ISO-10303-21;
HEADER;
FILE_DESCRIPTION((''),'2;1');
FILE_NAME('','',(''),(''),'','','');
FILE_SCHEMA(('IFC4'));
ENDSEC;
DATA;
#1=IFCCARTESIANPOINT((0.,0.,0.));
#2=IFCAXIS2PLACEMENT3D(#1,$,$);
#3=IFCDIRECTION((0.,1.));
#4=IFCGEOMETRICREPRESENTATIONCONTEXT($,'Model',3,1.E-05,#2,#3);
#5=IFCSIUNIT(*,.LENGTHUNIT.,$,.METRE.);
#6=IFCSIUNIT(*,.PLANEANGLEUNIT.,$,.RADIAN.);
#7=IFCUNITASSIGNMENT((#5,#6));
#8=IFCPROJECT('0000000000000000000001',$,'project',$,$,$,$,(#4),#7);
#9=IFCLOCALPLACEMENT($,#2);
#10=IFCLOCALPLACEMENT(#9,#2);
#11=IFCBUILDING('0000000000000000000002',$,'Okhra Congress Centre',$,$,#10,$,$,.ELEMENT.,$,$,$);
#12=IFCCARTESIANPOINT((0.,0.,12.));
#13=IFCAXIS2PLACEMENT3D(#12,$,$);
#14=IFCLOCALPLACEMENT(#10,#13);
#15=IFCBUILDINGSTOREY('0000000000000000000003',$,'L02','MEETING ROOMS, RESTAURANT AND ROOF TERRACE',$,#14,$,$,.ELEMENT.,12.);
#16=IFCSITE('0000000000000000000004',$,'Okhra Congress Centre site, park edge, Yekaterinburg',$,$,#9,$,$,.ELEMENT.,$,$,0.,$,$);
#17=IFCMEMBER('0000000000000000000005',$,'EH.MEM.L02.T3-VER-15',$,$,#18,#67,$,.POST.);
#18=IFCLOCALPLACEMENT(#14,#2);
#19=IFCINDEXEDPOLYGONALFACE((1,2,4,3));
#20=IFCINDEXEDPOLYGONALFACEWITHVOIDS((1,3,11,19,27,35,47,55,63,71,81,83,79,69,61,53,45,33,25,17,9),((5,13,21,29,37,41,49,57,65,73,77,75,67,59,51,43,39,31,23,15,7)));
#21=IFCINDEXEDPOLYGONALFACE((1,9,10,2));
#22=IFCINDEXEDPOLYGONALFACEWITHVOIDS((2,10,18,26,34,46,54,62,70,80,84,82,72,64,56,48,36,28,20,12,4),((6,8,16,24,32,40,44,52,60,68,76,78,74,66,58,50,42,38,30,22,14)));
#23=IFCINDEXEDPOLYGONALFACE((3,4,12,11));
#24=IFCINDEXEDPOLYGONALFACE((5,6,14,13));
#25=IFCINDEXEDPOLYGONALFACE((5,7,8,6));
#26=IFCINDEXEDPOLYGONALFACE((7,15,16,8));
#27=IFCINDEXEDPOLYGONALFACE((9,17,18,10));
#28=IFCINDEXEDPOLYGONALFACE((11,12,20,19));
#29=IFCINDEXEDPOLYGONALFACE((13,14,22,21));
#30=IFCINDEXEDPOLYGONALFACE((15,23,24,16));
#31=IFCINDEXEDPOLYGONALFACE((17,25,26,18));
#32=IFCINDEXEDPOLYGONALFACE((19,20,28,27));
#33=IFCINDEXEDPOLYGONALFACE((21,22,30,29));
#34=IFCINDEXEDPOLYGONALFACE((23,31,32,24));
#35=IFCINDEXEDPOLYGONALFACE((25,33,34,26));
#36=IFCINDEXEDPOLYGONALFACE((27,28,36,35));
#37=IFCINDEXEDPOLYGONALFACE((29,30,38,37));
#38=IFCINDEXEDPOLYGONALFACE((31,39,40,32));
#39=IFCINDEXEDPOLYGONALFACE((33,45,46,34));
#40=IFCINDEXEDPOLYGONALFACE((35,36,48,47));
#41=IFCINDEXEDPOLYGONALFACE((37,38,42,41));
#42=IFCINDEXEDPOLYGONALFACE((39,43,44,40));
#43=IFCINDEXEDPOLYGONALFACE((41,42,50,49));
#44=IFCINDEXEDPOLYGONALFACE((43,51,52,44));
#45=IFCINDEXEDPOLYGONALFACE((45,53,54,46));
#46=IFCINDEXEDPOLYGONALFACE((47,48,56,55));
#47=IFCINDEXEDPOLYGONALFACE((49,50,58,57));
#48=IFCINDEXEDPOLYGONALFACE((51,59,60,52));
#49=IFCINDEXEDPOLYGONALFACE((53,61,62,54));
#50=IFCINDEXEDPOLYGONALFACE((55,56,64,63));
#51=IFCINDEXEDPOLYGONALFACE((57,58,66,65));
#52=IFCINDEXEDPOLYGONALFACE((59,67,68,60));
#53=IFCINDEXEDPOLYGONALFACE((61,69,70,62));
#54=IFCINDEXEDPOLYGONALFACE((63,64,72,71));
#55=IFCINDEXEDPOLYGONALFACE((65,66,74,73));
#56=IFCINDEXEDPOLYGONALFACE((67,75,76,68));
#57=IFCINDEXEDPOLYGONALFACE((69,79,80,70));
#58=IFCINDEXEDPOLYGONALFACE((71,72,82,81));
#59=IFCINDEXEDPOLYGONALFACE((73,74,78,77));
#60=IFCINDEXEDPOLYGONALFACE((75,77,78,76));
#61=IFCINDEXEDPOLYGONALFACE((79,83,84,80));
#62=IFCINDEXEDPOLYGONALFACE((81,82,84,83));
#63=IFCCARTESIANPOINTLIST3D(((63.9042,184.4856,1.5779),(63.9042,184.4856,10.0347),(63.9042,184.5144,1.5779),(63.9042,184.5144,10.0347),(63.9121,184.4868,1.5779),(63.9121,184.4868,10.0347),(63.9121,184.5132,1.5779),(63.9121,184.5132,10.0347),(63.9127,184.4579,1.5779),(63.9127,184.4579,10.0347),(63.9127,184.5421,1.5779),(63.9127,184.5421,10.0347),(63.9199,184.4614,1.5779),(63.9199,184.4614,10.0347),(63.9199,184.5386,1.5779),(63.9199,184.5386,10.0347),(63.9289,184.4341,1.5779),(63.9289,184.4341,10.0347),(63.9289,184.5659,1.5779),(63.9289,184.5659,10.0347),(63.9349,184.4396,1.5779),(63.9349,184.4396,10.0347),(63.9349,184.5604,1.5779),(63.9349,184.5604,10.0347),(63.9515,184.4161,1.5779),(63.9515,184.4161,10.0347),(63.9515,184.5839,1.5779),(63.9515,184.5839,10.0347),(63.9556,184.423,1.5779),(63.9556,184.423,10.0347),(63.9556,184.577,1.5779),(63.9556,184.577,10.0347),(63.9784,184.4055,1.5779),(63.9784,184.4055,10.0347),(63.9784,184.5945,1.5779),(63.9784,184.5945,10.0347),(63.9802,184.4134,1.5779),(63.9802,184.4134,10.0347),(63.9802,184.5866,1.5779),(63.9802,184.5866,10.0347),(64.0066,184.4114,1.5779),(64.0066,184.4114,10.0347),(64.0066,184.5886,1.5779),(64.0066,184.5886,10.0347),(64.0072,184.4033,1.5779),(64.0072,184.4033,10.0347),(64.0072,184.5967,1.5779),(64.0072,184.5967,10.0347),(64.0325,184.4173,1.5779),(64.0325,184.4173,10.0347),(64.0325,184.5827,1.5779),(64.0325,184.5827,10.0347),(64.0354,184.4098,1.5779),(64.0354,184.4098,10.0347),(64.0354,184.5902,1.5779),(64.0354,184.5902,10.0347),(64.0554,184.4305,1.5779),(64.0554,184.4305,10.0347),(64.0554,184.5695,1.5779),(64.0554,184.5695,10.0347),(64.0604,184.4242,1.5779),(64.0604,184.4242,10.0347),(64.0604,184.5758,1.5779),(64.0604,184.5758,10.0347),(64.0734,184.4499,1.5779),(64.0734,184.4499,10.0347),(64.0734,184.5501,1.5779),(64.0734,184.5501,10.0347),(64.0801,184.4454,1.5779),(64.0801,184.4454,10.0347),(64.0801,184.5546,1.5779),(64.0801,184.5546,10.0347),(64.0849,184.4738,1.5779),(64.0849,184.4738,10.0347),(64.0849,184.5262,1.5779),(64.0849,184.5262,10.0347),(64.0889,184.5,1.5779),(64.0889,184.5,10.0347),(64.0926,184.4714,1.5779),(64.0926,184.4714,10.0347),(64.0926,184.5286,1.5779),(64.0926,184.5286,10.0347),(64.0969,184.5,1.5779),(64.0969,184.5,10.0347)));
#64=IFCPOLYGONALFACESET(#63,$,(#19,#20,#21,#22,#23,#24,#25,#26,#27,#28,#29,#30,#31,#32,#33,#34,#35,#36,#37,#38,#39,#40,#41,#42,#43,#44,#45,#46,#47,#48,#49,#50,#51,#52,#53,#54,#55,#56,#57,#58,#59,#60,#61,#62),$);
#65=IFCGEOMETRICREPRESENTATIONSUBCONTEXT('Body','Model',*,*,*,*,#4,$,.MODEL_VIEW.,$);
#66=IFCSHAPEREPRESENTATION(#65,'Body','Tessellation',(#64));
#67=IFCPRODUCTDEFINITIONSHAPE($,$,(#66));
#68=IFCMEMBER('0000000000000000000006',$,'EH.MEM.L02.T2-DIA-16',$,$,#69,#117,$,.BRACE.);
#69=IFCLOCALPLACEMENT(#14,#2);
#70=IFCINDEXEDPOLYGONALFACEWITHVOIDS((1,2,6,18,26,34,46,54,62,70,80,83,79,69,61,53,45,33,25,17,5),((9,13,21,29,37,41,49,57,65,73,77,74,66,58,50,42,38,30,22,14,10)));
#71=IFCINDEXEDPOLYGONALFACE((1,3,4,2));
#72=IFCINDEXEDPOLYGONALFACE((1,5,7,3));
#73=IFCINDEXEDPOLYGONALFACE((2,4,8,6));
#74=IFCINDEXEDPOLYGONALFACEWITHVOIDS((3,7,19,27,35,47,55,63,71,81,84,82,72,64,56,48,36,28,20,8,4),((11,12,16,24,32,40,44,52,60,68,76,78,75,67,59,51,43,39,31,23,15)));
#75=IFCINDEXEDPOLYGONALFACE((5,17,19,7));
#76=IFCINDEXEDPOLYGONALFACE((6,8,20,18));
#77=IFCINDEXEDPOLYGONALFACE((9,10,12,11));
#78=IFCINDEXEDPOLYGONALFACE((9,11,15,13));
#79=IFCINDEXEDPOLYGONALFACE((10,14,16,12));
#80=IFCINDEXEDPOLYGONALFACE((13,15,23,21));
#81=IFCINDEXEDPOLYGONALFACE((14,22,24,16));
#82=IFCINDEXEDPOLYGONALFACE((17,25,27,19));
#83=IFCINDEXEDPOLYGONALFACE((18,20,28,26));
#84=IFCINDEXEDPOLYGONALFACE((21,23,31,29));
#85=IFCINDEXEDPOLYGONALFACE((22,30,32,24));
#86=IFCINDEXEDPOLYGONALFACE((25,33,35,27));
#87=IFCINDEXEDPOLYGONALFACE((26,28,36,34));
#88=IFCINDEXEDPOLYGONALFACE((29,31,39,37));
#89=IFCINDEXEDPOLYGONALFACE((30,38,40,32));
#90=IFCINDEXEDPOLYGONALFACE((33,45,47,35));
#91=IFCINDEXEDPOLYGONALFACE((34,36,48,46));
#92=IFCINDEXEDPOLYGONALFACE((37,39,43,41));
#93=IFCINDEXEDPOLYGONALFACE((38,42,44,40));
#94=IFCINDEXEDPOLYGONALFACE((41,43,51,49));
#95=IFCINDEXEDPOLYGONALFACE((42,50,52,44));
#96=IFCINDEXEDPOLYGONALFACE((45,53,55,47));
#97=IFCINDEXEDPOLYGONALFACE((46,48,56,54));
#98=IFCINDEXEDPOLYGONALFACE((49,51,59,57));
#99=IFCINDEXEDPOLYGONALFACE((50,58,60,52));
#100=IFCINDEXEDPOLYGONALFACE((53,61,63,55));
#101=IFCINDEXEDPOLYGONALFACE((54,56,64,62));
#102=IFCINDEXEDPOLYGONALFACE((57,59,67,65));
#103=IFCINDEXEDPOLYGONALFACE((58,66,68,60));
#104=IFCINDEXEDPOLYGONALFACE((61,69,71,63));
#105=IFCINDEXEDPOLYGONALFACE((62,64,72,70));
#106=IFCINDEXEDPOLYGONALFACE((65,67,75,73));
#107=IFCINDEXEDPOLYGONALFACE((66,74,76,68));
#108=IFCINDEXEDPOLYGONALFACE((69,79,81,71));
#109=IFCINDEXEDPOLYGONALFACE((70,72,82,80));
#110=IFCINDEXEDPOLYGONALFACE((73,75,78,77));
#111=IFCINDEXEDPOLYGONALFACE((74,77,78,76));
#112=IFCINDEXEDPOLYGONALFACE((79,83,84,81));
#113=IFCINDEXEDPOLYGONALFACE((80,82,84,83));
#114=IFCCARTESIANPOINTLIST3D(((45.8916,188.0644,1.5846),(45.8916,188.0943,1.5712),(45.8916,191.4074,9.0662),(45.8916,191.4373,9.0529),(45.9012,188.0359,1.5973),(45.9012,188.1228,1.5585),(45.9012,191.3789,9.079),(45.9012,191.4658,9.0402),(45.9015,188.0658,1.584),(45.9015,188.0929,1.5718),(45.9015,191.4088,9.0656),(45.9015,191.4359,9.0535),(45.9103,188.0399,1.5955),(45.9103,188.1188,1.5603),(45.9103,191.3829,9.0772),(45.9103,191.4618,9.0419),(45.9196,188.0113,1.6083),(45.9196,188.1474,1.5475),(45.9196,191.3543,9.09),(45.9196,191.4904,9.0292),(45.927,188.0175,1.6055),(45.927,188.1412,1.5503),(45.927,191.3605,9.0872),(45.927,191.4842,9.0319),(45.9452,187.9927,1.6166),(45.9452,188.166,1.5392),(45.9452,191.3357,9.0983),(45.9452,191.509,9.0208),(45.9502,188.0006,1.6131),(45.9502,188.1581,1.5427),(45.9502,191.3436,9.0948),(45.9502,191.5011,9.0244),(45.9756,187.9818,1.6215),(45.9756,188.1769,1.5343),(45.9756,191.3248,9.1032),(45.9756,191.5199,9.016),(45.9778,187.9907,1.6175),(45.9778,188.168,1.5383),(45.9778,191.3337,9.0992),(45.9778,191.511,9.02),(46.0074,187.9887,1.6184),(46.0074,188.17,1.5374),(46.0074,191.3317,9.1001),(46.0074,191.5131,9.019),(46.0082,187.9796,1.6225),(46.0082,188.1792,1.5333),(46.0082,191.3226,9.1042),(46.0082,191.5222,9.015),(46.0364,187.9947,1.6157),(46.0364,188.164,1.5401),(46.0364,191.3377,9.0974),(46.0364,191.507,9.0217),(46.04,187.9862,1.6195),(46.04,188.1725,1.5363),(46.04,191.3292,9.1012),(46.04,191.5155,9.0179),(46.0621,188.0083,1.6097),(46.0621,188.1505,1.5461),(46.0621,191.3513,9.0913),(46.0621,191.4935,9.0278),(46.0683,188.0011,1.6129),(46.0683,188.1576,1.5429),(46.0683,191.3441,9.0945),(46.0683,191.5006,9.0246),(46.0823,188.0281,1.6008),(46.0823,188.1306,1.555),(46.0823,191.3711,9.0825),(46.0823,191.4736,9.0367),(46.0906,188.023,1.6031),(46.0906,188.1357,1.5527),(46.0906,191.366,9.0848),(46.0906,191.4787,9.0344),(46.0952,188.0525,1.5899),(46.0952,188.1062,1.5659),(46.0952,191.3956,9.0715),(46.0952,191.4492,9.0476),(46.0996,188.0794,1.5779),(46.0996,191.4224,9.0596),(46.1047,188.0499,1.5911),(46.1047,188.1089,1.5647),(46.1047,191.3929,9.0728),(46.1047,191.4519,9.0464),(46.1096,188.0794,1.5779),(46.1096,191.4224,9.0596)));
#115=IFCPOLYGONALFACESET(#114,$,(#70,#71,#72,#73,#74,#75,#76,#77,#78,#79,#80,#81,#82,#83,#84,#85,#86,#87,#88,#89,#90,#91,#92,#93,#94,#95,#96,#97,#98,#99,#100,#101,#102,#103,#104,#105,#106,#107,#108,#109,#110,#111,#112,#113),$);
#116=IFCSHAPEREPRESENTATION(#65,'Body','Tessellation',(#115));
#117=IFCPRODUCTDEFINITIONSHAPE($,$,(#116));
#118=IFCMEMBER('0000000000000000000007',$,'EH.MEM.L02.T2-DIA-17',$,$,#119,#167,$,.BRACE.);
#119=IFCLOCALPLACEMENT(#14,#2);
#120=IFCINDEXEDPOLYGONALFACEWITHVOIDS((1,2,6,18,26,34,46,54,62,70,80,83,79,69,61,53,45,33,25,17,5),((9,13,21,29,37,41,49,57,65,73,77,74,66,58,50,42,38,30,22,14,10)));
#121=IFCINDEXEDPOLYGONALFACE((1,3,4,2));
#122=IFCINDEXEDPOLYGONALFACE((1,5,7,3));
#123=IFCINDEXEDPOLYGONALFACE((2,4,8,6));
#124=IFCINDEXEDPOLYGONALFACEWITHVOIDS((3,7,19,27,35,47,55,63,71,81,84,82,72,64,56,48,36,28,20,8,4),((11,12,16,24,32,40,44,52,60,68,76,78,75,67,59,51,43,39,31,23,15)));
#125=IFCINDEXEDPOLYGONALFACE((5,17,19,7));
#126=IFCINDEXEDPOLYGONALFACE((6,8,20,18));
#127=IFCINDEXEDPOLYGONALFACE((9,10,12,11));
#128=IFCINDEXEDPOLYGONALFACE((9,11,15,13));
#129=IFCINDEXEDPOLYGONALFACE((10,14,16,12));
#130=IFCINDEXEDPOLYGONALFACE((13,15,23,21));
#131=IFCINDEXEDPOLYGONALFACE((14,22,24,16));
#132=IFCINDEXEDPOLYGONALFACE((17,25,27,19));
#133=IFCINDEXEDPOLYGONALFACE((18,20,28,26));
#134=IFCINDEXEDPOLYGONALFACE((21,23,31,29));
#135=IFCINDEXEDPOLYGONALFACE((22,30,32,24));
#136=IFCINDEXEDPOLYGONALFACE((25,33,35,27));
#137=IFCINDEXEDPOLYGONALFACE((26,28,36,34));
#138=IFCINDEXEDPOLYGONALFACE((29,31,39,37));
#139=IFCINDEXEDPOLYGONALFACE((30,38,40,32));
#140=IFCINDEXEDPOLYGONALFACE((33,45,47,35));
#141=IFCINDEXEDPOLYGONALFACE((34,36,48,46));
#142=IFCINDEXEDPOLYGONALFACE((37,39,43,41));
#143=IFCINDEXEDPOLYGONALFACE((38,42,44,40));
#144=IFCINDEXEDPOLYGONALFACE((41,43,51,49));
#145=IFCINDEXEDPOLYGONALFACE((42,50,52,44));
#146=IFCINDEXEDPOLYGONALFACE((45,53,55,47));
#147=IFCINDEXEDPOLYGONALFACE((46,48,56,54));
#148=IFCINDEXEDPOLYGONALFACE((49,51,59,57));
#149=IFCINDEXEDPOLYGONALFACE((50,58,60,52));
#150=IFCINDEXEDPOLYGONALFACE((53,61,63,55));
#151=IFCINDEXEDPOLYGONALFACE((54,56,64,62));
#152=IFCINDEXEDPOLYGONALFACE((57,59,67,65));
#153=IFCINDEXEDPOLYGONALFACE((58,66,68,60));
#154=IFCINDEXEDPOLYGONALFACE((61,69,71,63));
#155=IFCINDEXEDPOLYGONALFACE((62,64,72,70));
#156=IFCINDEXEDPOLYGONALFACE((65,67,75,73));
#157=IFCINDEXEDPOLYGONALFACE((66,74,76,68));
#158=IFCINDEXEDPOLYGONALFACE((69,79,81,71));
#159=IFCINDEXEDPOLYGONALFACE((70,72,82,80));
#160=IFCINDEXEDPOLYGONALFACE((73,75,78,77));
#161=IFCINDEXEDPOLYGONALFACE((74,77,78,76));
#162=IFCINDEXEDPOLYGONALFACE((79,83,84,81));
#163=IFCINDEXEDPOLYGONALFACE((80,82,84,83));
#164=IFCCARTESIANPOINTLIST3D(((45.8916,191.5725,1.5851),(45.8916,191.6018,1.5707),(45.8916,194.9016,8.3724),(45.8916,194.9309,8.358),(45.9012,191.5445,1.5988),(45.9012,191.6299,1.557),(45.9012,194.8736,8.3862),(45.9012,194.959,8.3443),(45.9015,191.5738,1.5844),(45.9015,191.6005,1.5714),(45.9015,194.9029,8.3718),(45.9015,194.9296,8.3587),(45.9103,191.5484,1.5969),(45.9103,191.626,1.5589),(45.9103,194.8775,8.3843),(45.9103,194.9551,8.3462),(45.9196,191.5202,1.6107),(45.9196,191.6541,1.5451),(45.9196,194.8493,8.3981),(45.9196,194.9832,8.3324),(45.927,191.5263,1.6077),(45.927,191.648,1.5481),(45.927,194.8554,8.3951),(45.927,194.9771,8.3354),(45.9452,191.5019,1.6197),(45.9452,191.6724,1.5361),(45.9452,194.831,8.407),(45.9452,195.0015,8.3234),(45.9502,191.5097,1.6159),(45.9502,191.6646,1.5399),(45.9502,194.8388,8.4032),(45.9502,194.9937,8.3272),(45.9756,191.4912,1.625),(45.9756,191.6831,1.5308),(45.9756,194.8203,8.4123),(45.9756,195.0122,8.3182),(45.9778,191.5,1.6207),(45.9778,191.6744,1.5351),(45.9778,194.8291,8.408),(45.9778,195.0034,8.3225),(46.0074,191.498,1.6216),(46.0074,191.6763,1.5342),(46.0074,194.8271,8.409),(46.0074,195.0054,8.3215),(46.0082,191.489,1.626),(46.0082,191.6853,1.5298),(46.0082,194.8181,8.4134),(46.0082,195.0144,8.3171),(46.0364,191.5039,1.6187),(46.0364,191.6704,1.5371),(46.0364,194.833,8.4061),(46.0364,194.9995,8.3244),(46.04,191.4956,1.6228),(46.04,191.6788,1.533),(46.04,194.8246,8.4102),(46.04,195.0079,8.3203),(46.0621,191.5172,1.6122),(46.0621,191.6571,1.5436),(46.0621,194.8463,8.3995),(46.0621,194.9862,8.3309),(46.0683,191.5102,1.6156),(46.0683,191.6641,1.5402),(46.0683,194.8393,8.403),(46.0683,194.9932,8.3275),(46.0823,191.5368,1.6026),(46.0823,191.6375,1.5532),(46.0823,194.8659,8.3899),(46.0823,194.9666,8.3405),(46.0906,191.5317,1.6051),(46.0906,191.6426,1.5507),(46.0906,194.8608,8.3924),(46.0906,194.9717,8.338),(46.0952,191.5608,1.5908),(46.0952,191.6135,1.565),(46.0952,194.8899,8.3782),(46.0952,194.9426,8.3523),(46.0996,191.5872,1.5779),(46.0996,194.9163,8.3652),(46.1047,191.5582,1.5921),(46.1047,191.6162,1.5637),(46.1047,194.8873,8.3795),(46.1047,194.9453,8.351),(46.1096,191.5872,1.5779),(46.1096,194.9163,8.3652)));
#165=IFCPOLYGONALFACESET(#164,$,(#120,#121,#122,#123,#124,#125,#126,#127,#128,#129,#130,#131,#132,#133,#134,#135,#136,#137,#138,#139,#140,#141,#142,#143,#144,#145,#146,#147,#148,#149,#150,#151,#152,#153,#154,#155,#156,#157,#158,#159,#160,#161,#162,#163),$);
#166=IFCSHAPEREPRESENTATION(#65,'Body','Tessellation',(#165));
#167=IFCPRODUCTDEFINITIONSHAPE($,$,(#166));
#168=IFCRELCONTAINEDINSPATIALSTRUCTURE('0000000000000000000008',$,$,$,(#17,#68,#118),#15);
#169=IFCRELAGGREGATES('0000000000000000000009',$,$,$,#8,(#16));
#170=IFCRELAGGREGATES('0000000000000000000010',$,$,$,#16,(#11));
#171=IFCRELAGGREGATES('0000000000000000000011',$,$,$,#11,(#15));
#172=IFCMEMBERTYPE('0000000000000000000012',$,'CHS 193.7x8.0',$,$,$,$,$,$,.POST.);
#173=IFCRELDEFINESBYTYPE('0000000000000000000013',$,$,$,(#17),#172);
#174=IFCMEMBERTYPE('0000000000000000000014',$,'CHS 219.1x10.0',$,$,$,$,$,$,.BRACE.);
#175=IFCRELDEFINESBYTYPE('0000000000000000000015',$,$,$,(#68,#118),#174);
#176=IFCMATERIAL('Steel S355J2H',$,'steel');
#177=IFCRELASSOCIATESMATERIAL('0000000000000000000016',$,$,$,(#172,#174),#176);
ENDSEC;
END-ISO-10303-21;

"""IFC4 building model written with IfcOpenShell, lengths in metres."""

from ifc_helpers import new_model, si_unit, direction, frame, origin, origin_2d, place, context, subcontext, project, spatial, hollow_circle, extrude, material, material_profile, profile_set, type_object, element, save


model = new_model("IFC4")

# Units and contexts
model_context = context("Model", 3, precision=1e-05, world=origin(), true_north=direction((0.0, 1.0)))
body_context = subcontext(model_context, "Body", "Model", "MODEL_VIEW")
ifc_project = project(units=[si_unit("LENGTHUNIT", "METRE"), si_unit("PLANEANGLEUNIT", "RADIAN")], contexts=[model_context])

# Site, building, storey
site_placement = place(None, origin())
site = spatial("IfcSite", under=ifc_project, at=site_placement, Name="Okhra Congress Centre site, park edge, Yekaterinburg", CompositionType="ELEMENT", RefElevation=0.0)
building_placement = place(site_placement, origin())
building = spatial("IfcBuilding", under=site, at=building_placement, Name="Okhra Congress Centre", CompositionType="ELEMENT")
storey_placement = place(building_placement, frame((0.0, 0.0, 12.0)))
storey = spatial("IfcBuildingStorey", under=building, at=storey_placement, Name="L02", Description="MEETING ROOMS, RESTAURANT AND ROOF TERRACE", CompositionType="ELEMENT", Elevation=12.0)

# Members
ifc_material_1 = material(Name="Steel S355J2H", Category="steel")
ifc_material_profile_1 = material_profile(ifc_material_1, hollow_circle(Radius=0.0969, WallThickness=0.0081, at=origin_2d()), Name="CHS 193.7x8.0")
ifc_profile_set_1 = profile_set([ifc_material_profile_1], Name="Steel S355J2H")
member_type_1 = type_object("IfcMemberType", Name="CHS 193.7x8.0", PredefinedType="POST", material=ifc_profile_set_1)
member_1_placement = place(storey_placement, frame((64.0, 184.5, 1.5779), z_axis=(0.0, 0.0, 1.0), x_axis=(1.0, 0.0, 0.0)))
element("IfcMember", 1, at=member_1_placement, inside=storey, type_object=member_type_1, Name="EH.MEM.L02.T3-VER-15", PredefinedType="POST", context=body_context, shape_type="SweptSolid", body=[
    extrude(hollow_circle(Radius=0.0969, WallThickness=0.0081, at=origin_2d()), origin(), (0.0, 0.0, 1.0), 8.4568),
])
ifc_material_profile_2 = material_profile(ifc_material_1, hollow_circle(Radius=0.1096, WallThickness=0.01, at=origin_2d()), Name="CHS 219.1x10.0")
ifc_profile_set_2 = profile_set([ifc_material_profile_2], Name="Steel S355J2H")
member_type_2 = type_object("IfcMemberType", Name="CHS 219.1x10.0", PredefinedType="BRACE", material=ifc_profile_set_2)
member_2_placement = place(storey_placement, frame((46.0, 191.4224, 9.0596), z_axis=(0.0, -0.407954, -0.913003), x_axis=(1.0, 0.0, 0.0)))
element("IfcMember", 2, at=member_2_placement, inside=storey, type_object=member_type_2, Name="EH.MEM.L02.T2-DIA-16", PredefinedType="BRACE", context=body_context, shape_type="SweptSolid", body=[
    extrude(hollow_circle(Radius=0.1096, WallThickness=0.01, at=origin_2d()), origin(), (0.0, 0.0, 1.0), 8.1946),
])
member_3_placement = place(storey_placement, frame((46.0, 194.9163, 8.3652), z_axis=(0.0, -0.440367, -0.897818), x_axis=(1.0, 0.0, 0.0)))
element("IfcMember", 3, at=member_3_placement, inside=storey, type_object=member_type_2, Name="EH.MEM.L02.T2-DIA-17", PredefinedType="BRACE", context=body_context, shape_type="SweptSolid", body=[
    extrude(hollow_circle(Radius=0.1096, WallThickness=0.01, at=origin_2d()), origin(), (0.0, 0.0, 1.0), 7.5598),
])

save(model, "model.ifc")
